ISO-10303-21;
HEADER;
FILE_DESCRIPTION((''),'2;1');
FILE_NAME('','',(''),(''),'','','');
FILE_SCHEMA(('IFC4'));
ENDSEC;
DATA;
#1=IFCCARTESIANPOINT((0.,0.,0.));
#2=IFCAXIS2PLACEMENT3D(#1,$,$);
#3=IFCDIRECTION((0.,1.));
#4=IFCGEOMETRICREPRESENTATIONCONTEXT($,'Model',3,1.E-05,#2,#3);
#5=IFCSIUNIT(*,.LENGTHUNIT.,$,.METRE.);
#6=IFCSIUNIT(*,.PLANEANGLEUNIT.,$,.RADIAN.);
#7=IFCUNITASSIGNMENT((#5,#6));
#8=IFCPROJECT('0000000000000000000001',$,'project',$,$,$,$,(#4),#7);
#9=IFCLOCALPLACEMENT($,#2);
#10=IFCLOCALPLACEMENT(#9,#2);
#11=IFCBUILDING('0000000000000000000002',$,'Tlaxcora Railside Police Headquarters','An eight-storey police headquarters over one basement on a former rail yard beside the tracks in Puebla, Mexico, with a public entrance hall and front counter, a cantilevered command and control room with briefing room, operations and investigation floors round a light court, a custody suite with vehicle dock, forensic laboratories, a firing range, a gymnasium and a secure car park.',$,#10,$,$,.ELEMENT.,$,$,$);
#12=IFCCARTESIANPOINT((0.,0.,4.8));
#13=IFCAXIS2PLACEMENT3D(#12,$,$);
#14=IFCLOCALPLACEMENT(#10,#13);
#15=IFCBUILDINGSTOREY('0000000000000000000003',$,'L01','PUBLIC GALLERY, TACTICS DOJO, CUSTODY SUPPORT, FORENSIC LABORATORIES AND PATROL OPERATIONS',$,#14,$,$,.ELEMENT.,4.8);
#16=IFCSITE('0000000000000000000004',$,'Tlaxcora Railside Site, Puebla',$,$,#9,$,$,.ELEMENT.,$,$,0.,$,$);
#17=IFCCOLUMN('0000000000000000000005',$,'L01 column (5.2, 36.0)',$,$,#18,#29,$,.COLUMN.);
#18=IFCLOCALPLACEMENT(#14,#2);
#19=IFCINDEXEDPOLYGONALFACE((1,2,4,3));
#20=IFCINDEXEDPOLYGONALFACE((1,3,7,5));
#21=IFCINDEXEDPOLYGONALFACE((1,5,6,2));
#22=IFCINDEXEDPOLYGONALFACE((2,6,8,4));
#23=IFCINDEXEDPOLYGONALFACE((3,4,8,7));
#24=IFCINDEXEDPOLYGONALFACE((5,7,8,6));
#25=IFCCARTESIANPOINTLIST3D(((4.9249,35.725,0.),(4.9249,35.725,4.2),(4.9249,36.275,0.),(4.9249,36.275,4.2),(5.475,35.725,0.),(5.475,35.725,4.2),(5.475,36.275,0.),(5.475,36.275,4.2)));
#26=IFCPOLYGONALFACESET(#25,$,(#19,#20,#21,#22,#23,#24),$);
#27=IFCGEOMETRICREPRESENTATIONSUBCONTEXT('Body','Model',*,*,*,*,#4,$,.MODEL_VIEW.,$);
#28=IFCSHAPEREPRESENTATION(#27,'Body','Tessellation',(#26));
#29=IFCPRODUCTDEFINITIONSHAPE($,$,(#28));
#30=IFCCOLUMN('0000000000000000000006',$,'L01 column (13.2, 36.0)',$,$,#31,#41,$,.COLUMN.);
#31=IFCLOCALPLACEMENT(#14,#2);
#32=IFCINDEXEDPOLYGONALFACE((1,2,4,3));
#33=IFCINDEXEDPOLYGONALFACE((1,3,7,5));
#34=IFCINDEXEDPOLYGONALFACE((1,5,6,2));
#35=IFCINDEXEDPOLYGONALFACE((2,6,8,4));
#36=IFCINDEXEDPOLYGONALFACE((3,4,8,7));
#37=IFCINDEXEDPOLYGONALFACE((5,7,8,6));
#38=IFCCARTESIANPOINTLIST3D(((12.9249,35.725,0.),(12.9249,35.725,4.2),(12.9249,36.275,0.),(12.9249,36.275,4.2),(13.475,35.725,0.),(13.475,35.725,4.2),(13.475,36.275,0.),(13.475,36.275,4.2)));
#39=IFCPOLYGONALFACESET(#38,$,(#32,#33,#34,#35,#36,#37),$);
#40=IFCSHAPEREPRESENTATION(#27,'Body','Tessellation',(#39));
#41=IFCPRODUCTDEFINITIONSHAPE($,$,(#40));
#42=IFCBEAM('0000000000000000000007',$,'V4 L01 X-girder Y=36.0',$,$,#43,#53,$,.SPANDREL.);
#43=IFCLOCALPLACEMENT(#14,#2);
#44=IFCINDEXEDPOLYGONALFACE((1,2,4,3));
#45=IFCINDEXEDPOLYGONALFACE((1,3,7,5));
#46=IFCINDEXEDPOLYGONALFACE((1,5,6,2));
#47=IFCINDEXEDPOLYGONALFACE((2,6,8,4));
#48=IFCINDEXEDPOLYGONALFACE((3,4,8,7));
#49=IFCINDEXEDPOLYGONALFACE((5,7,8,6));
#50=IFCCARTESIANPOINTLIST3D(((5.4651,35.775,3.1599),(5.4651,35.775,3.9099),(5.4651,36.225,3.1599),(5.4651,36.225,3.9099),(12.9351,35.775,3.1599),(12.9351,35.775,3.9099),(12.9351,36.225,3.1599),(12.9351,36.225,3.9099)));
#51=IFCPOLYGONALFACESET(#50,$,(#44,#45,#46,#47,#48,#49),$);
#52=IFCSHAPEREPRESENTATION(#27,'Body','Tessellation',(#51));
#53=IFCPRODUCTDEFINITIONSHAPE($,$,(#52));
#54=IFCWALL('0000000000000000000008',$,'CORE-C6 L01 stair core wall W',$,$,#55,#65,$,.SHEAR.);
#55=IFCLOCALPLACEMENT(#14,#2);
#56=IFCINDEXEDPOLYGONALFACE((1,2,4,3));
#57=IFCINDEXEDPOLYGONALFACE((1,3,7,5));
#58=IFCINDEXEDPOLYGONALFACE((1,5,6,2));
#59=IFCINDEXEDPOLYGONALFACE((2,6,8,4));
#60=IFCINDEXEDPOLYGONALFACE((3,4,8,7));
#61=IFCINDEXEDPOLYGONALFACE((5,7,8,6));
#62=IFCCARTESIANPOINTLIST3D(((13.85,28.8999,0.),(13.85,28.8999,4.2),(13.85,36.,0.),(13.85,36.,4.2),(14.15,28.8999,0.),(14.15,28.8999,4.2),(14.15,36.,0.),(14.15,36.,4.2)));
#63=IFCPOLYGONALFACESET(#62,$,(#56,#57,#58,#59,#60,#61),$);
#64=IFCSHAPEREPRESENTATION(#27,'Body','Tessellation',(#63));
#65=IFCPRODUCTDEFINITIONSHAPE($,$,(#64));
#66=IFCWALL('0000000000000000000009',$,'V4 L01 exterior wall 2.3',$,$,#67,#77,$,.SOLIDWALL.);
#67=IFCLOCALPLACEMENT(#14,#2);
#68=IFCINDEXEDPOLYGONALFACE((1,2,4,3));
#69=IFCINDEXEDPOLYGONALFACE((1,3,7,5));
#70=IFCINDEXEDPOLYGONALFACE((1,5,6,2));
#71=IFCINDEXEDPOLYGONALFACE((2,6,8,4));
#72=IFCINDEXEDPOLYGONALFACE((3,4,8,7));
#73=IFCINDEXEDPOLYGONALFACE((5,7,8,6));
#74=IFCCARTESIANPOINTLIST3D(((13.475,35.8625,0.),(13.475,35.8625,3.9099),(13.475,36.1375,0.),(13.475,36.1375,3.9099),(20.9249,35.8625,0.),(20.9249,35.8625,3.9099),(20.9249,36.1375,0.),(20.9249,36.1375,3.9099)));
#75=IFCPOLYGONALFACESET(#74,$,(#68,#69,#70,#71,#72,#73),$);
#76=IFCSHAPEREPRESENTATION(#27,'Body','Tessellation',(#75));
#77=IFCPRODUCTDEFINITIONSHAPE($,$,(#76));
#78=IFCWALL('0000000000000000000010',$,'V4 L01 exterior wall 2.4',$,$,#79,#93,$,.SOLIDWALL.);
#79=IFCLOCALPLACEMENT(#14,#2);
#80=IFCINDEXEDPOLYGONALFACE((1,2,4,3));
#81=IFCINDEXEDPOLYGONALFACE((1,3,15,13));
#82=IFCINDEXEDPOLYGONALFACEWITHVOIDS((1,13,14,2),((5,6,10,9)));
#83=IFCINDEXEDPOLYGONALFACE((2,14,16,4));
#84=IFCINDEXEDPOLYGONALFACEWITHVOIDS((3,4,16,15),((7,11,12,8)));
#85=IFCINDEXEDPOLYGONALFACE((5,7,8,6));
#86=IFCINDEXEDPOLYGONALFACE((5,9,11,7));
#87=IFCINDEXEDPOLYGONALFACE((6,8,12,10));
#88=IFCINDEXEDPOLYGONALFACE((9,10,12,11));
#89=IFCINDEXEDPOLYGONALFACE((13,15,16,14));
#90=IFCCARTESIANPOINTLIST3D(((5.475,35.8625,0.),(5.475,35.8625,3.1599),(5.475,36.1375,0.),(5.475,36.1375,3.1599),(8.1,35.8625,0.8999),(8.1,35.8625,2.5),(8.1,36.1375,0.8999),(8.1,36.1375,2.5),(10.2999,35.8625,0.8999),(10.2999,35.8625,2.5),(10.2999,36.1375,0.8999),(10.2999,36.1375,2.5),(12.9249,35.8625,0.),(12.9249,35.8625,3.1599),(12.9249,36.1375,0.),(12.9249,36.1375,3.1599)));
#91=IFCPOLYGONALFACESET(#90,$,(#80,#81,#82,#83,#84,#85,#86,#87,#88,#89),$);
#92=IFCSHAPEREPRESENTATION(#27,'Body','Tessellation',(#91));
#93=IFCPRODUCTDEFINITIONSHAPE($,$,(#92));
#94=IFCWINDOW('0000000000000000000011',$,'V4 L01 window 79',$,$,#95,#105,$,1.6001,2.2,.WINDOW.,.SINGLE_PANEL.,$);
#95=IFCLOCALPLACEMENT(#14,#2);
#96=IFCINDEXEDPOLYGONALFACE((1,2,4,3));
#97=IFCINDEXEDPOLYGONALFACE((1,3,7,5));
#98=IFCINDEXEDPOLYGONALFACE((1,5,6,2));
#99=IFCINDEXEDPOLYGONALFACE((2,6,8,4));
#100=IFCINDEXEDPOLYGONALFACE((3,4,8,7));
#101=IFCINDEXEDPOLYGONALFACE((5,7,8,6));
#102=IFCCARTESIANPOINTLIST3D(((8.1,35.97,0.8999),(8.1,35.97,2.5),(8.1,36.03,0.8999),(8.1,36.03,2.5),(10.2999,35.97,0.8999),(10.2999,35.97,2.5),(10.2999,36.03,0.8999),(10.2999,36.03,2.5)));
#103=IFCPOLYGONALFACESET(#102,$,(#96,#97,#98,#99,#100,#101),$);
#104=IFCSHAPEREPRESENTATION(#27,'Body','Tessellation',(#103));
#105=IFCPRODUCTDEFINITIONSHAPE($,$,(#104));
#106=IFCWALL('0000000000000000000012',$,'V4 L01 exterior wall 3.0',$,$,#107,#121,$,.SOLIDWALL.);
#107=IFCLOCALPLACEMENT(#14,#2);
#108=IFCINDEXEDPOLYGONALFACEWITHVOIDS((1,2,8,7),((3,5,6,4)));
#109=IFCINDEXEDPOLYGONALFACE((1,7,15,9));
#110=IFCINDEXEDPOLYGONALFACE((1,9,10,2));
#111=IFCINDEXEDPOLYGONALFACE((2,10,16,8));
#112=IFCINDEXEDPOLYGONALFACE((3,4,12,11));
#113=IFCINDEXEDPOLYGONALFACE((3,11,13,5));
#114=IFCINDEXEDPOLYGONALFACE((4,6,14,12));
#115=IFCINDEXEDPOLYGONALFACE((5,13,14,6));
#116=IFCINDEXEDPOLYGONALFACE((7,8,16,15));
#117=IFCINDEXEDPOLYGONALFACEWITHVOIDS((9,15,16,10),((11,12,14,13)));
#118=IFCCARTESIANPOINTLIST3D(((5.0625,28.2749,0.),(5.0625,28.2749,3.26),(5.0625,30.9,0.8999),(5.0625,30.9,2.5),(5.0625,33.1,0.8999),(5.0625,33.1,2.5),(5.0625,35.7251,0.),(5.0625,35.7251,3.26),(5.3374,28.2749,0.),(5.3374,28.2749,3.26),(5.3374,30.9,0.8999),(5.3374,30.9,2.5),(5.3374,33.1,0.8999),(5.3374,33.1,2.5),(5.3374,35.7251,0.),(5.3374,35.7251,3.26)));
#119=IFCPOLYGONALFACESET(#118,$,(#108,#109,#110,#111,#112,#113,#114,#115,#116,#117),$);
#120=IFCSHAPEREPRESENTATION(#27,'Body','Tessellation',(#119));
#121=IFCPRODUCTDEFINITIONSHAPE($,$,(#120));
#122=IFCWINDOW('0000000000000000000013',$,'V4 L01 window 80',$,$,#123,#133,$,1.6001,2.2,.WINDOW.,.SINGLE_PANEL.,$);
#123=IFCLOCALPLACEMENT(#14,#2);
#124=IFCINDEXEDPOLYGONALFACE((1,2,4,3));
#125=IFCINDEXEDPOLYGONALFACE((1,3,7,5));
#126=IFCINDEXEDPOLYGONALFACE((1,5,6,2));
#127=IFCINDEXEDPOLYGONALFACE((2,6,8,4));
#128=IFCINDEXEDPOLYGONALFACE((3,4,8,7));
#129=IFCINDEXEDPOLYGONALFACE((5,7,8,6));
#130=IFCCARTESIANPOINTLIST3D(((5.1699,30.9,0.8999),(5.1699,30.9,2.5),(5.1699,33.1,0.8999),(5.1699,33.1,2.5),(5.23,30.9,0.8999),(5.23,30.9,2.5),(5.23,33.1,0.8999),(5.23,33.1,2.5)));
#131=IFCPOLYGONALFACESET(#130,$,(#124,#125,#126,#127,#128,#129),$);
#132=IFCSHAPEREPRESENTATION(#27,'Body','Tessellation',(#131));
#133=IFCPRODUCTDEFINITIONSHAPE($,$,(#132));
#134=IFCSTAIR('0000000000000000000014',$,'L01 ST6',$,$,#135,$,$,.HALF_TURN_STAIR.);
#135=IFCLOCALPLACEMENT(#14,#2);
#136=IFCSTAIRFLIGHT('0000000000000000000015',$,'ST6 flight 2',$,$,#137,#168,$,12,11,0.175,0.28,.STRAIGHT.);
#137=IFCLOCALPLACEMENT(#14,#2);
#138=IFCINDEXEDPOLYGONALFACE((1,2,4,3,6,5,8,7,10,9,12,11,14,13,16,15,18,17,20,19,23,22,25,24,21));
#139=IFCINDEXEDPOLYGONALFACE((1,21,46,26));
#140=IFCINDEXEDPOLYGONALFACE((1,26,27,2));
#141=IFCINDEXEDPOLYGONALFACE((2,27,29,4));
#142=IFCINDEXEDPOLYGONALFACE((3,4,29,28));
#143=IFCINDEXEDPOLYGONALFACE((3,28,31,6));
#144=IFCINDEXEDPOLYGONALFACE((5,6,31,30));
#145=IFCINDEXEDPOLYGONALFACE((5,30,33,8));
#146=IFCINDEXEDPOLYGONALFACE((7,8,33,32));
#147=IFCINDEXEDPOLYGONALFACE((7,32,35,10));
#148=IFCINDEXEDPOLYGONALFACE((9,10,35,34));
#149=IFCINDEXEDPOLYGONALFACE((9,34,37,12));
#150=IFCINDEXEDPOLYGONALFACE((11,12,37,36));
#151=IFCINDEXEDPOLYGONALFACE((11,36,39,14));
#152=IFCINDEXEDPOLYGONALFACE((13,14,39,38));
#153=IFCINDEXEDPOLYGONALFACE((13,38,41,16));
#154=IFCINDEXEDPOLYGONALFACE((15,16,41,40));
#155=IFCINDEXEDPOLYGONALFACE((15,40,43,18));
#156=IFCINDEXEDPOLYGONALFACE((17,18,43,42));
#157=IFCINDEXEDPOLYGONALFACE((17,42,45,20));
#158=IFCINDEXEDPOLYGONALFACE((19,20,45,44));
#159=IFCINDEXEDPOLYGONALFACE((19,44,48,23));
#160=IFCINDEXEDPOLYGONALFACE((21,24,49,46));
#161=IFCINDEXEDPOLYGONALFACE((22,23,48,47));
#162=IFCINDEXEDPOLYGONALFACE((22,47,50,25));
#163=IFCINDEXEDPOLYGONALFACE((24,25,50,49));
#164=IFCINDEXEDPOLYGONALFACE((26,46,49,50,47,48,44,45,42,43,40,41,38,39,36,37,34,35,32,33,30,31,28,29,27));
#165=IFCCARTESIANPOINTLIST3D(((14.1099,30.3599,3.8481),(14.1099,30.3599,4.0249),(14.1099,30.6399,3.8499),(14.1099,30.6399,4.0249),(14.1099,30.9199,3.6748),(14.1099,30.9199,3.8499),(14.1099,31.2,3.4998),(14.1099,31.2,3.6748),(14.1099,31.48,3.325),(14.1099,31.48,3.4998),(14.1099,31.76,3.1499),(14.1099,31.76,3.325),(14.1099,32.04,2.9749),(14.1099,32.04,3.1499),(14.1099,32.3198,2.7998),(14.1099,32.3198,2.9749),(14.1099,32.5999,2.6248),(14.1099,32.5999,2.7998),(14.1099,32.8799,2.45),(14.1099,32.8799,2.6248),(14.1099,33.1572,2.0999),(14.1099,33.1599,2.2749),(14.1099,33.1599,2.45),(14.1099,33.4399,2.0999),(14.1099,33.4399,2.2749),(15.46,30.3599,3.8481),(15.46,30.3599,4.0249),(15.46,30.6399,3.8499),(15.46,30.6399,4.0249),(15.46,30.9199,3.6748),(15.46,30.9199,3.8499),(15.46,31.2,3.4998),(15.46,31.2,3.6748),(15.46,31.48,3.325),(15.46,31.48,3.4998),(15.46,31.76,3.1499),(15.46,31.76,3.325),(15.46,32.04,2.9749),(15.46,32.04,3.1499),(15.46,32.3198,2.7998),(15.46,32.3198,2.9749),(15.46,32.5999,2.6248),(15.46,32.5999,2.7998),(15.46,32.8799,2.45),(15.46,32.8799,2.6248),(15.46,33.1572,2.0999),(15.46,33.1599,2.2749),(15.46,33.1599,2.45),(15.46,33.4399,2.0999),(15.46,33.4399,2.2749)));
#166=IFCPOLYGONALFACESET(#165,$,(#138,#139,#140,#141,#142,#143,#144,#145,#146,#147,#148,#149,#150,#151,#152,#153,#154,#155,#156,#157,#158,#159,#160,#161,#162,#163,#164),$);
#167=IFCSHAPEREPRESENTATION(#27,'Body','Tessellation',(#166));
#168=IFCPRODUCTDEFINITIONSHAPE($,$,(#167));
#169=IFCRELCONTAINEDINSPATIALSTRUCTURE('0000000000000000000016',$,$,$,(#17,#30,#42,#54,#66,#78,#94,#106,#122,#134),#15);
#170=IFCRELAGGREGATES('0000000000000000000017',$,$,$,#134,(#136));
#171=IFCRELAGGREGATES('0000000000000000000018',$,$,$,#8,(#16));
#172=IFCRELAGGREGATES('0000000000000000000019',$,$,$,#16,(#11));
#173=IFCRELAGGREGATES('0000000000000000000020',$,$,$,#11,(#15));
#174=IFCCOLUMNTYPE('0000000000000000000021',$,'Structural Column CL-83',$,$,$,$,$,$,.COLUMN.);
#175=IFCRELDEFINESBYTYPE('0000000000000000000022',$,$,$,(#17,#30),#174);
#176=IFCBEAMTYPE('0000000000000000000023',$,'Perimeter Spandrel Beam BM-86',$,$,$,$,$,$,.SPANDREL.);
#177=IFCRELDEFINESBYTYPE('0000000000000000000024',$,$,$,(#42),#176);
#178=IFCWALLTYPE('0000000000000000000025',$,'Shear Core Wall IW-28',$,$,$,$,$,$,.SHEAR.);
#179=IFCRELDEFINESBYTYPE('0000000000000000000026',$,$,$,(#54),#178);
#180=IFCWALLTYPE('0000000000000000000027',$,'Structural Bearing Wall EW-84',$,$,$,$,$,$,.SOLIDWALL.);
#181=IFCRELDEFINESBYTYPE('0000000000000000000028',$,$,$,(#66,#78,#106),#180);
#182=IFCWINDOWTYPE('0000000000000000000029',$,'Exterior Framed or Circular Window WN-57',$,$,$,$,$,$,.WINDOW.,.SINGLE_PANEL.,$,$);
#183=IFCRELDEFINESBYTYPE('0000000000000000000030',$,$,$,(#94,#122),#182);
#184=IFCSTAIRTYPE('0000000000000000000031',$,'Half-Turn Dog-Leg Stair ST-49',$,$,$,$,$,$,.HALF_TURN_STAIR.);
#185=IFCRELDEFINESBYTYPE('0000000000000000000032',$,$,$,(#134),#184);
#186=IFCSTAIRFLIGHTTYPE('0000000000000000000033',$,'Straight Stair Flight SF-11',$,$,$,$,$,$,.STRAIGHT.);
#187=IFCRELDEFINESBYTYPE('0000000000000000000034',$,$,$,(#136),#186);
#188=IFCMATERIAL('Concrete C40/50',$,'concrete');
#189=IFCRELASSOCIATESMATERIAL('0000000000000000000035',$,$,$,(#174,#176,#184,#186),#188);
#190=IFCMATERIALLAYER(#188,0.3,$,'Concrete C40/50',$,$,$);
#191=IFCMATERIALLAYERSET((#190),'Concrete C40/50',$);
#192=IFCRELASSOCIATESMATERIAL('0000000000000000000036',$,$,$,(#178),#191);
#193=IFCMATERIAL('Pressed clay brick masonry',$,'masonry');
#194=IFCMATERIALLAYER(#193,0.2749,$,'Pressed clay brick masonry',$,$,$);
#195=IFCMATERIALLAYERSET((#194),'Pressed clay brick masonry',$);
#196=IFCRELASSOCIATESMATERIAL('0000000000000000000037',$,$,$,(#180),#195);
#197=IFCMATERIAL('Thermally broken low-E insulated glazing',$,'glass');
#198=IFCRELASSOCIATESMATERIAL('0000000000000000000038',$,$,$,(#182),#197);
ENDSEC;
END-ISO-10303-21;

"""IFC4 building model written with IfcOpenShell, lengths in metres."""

from ifc_helpers import new_model, si_unit, direction, frame, frame_2d, origin, origin_2d, place, context, subcontext, project, spatial, polyline, rectangle, outline, extrude, material, layer, layer_set, material_profile, profile_set, type_object, element, fill, aggregate, save


model = new_model("IFC4")

# Units and contexts
model_context = context("Model", 3, precision=1e-05, world=origin(), true_north=direction((0.0, 1.0)))
body_context = subcontext(model_context, "Body", "Model", "MODEL_VIEW")
ifc_project = project(units=[si_unit("LENGTHUNIT", "METRE"), si_unit("PLANEANGLEUNIT", "RADIAN")], contexts=[model_context])

# Site, building, storey
site_placement = place(None, origin())
site = spatial("IfcSite", under=ifc_project, at=site_placement, Name="Tlaxcora Railside Site, Puebla", CompositionType="ELEMENT", RefElevation=0.0)
building_placement = place(site_placement, origin())
building = spatial("IfcBuilding", under=site, at=building_placement, Name="Tlaxcora Railside Police Headquarters", Description="An eight-storey police headquarters over one basement on a former rail yard beside the tracks in Puebla, Mexico, with a public entrance hall and front counter, a cantilevered command and control room with briefing room, operations and investigation floors round a light court, a custody suite with vehicle dock, forensic laboratories, a firing range, a gymnasium and a secure car park.", CompositionType="ELEMENT")
storey_placement = place(building_placement, frame((0.0, 0.0, 4.8)))
storey = spatial("IfcBuildingStorey", under=building, at=storey_placement, Name="L01", Description="PUBLIC GALLERY, TACTICS DOJO, CUSTODY SUPPORT, FORENSIC LABORATORIES AND PATROL OPERATIONS", CompositionType="ELEMENT", Elevation=4.8)

# Columns
ifc_material_1 = material(Name="Concrete C40/50", Category="concrete")
ifc_material_profile_1 = material_profile(ifc_material_1, rectangle(XDim=0.55, YDim=0.55, at=origin_2d()), Name="RC550X550")
ifc_profile_set_1 = profile_set([ifc_material_profile_1], Name="Concrete C40/50")
column_type = type_object("IfcColumnType", Name="Structural Column CL-83", PredefinedType="COLUMN", material=ifc_profile_set_1)
for number, where, z_axis, x_axis, name in (
    (1, (5.2, 36.0, 0.0), (0.0, 0.0, 1.0), (1.0, 0.0, 0.0), "L01 column (5.2, 36.0)"),
    (2, (13.2, 36.0, 0.0), (0.0, 0.0, 1.0), (1.0, 0.0, 0.0), "L01 column (13.2, 36.0)"),
):
    element("IfcColumn", number, at=place(storey_placement, frame(where, z_axis=z_axis, x_axis=x_axis)), inside=storey, type_object=column_type, Name=name, PredefinedType="COLUMN", context=body_context, shape_type="SweptSolid", body=[
        extrude(rectangle(XDim=0.55, YDim=0.55, at=origin_2d()), origin(), (0.0, 0.0, 1.0), 4.2),
    ])

# Beam
ifc_material_profile_2 = material_profile(ifc_material_1, rectangle(XDim=0.45, YDim=0.75, at=origin_2d()), Name="RC450X750")
ifc_profile_set_2 = profile_set([ifc_material_profile_2], Name="Concrete C40/50")
beam_type = type_object("IfcBeamType", Name="Perimeter Spandrel Beam BM-86", PredefinedType="SPANDREL", material=ifc_profile_set_2)
beam_placement = place(storey_placement, frame((5.4651, 36.0, 3.5349), z_axis=(1.0, 0.0, 0.0), x_axis=(0.0, 1.0, 0.0)))
element("IfcBeam", 3, at=beam_placement, inside=storey, type_object=beam_type, Name="V4 L01 X-girder Y=36.0", PredefinedType="SPANDREL", context=body_context, shape_type="SweptSolid", body=[
    extrude(rectangle(XDim=0.45, YDim=0.75, at=origin_2d()), origin(), (0.0, 0.0, 1.0), 7.47),
])

# Walls
ifc_layer_1 = layer(ifc_material_1, 0.3, Name="Concrete C40/50")
ifc_layer_set_1 = layer_set([ifc_layer_1], Name="Concrete C40/50")
wall_type_1 = type_object("IfcWallType", Name="Shear Core Wall IW-28", PredefinedType="SHEAR", material=ifc_layer_set_1)
wall_1_placement = place(storey_placement, frame((14.0, 36.0, 0.0), z_axis=(0.0, 0.0, 1.0), x_axis=(0.0, -1.0, 0.0)))
element("IfcWall", 4, at=wall_1_placement, inside=storey, type_object=wall_type_1, Name="CORE-C6 L01 stair core wall W", PredefinedType="SHEAR", context=body_context, shape_type="SweptSolid", body=[
    extrude(rectangle(XDim=7.1001, YDim=0.3, at=frame_2d((3.55, 0.0))), origin(), (0.0, 0.0, 1.0), 4.2),
])
ifc_material_2 = material(Name="Pressed clay brick masonry", Category="masonry")
ifc_layer_2 = layer(ifc_material_2, 0.2749, Name="Pressed clay brick masonry")
ifc_layer_set_2 = layer_set([ifc_layer_2], Name="Pressed clay brick masonry")
wall_type_2 = type_object("IfcWallType", Name="Structural Bearing Wall EW-84", PredefinedType="SOLIDWALL", material=ifc_layer_set_2)
wall_2_placement = place(storey_placement, frame((20.925, 36.0, 0.0), z_axis=(0.0, 0.0, 1.0), x_axis=(-1.0, 0.0, 0.0)))
element("IfcWall", 5, at=wall_2_placement, inside=storey, type_object=wall_type_2, Name="V4 L01 exterior wall 2.3", PredefinedType="SOLIDWALL", context=body_context, shape_type="SweptSolid", body=[
    extrude(rectangle(XDim=7.45, YDim=0.2749, at=frame_2d((3.7251, 0.0))), origin(), (0.0, 0.0, 1.0), 3.9099),
])

# Walls, openings, windows
wall_3_placement = place(storey_placement, frame((12.925, 36.0, 0.0), z_axis=(0.0, 0.0, 1.0), x_axis=(-1.0, 0.0, 0.0)))
wall_3 = element("IfcWall", 6, at=wall_3_placement, inside=storey, type_object=wall_type_2, Name="V4 L01 exterior wall 2.4", PredefinedType="SOLIDWALL", context=body_context, shape_type="SweptSolid", body=[
    extrude(rectangle(XDim=7.45, YDim=0.2749, at=frame_2d((3.7251, 0.0))), origin(), (0.0, 0.0, 1.0), 3.1599),
])
opening_1_placement = place(wall_3_placement, frame((2.625, 0.0, 0.8999)))
opening_1 = element("IfcOpeningElement", 7, at=opening_1_placement, cuts=wall_3, PredefinedType="OPENING", context=body_context, shape_type="SweptSolid", body=[
    extrude(rectangle(XDim=2.2, YDim=1.6001, at=frame_2d((1.1001, 0.8))), frame((0.0, 0.1475, 0.0), z_axis=(0.0, -1.0, 0.0), x_axis=(1.0, 0.0, 0.0)), (0.0, 0.0, 1.0), 0.2949),
])
ifc_material_3 = material(Name="Thermally broken low-E insulated glazing", Category="glass")
window_type = type_object("IfcWindowType", Name="Exterior Framed or Circular Window WN-57", PartitioningType="SINGLE_PANEL", PredefinedType="WINDOW", material=ifc_material_3)
window_1_placement = place(opening_1_placement, origin())
window_1 = element("IfcWindow", 8, at=window_1_placement, inside=storey, type_object=window_type, Name="V4 L01 window 79", OverallHeight=1.6001, OverallWidth=2.2, PartitioningType="SINGLE_PANEL", PredefinedType="WINDOW", context=body_context, shape_type="SweptSolid", body=[
    extrude(rectangle(XDim=2.2, YDim=1.6001, at=frame_2d((1.1001, 0.8))), frame((0.0, 0.03, 0.0), z_axis=(0.0, -1.0, 0.0), x_axis=(1.0, 0.0, 0.0)), (0.0, 0.0, 1.0), 0.0601),
])
fill(opening_1, window_1)
wall_4_placement = place(storey_placement, frame((5.2, 35.7251, 0.0), z_axis=(0.0, 0.0, 1.0), x_axis=(0.0, -1.0, 0.0)))
wall_4 = element("IfcWall", 9, at=wall_4_placement, inside=storey, type_object=wall_type_2, Name="V4 L01 exterior wall 3.0", PredefinedType="SOLIDWALL", context=body_context, shape_type="SweptSolid", body=[
    extrude(rectangle(XDim=7.4502, YDim=0.2749, at=frame_2d((3.7251, 0.0))), origin(), (0.0, 0.0, 1.0), 3.26),
])
opening_2_placement = place(wall_4_placement, frame((2.625, 0.0, 0.8999)))
opening_2 = element("IfcOpeningElement", 10, at=opening_2_placement, cuts=wall_4, PredefinedType="OPENING", context=body_context, shape_type="SweptSolid", body=[
    extrude(rectangle(XDim=2.2, YDim=1.6001, at=frame_2d((1.1001, 0.8))), frame((0.0, 0.1475, 0.0), z_axis=(0.0, -1.0, 0.0), x_axis=(1.0, 0.0, 0.0)), (0.0, 0.0, 1.0), 0.2949),
])
window_2_placement = place(opening_2_placement, origin())
window_2 = element("IfcWindow", 11, at=window_2_placement, inside=storey, type_object=window_type, Name="V4 L01 window 80", OverallHeight=1.6001, OverallWidth=2.2, PartitioningType="SINGLE_PANEL", PredefinedType="WINDOW", context=body_context, shape_type="SweptSolid", body=[
    extrude(rectangle(XDim=2.2, YDim=1.6001, at=frame_2d((1.1001, 0.8))), frame((0.0, 0.03, 0.0), z_axis=(0.0, -1.0, 0.0), x_axis=(1.0, 0.0, 0.0)), (0.0, 0.0, 1.0), 0.0601),
])
fill(opening_2, window_2)

# Stair, stair flight
stair_type = type_object("IfcStairType", Name="Half-Turn Dog-Leg Stair ST-49", PredefinedType="HALF_TURN_STAIR", material=ifc_material_1)
stair_placement = place(storey_placement, origin())
stair = element("IfcStair", 12, at=stair_placement, inside=storey, type_object=stair_type, Name="L01 ST6", PredefinedType="HALF_TURN_STAIR")
stair_flight_type = type_object("IfcStairFlightType", Name="Straight Stair Flight SF-11", PredefinedType="STRAIGHT", material=ifc_material_1)
stair_flight_placement = place(storey_placement, frame((14.7849, 33.4399, 2.0999), z_axis=(0.0, 0.0, 1.0), x_axis=(0.0, -1.0, 0.0)))
stair_flight = element("IfcStairFlight", 13, at=stair_flight_placement, type_object=stair_flight_type, Name="ST6 flight 2", NumberOfRisers=12, NumberOfTreads=11, PredefinedType="STRAIGHT", RiserHeight=0.175, TreadLength=0.28, context=body_context, shape_type="SweptSolid", body=[
    extrude(outline(polyline([(0.0, 0.0), (0.0, 0.175), (0.28, 0.175), (0.28, 0.3501), (0.5601, 0.3501), (0.5601, 0.5249), (0.8401, 0.5249), (0.8401, 0.7), (1.1201, 0.7), (1.1201, 0.875), (1.3999, 0.875), (1.3999, 1.05), (1.6799, 1.05), (1.6799, 1.2251), (1.96, 1.2251), (1.96, 1.3999), (2.24, 1.3999), (2.24, 1.575), (2.52, 1.575), (2.52, 1.75), (2.8, 1.75), (2.8, 1.925), (3.0801, 1.925), (3.0801, 2.1001), (3.0801, 1.7483), (0.2827, 0.0), (0.0, 0.0)])), frame((0.0, 0.675, 0.0), z_axis=(0.0, -1.0, 0.0), x_axis=(1.0, 0.0, 0.0)), (0.0, 0.0, 1.0), 1.3501),
])
aggregate(stair, [stair_flight])

save(model, "model.ifc")
